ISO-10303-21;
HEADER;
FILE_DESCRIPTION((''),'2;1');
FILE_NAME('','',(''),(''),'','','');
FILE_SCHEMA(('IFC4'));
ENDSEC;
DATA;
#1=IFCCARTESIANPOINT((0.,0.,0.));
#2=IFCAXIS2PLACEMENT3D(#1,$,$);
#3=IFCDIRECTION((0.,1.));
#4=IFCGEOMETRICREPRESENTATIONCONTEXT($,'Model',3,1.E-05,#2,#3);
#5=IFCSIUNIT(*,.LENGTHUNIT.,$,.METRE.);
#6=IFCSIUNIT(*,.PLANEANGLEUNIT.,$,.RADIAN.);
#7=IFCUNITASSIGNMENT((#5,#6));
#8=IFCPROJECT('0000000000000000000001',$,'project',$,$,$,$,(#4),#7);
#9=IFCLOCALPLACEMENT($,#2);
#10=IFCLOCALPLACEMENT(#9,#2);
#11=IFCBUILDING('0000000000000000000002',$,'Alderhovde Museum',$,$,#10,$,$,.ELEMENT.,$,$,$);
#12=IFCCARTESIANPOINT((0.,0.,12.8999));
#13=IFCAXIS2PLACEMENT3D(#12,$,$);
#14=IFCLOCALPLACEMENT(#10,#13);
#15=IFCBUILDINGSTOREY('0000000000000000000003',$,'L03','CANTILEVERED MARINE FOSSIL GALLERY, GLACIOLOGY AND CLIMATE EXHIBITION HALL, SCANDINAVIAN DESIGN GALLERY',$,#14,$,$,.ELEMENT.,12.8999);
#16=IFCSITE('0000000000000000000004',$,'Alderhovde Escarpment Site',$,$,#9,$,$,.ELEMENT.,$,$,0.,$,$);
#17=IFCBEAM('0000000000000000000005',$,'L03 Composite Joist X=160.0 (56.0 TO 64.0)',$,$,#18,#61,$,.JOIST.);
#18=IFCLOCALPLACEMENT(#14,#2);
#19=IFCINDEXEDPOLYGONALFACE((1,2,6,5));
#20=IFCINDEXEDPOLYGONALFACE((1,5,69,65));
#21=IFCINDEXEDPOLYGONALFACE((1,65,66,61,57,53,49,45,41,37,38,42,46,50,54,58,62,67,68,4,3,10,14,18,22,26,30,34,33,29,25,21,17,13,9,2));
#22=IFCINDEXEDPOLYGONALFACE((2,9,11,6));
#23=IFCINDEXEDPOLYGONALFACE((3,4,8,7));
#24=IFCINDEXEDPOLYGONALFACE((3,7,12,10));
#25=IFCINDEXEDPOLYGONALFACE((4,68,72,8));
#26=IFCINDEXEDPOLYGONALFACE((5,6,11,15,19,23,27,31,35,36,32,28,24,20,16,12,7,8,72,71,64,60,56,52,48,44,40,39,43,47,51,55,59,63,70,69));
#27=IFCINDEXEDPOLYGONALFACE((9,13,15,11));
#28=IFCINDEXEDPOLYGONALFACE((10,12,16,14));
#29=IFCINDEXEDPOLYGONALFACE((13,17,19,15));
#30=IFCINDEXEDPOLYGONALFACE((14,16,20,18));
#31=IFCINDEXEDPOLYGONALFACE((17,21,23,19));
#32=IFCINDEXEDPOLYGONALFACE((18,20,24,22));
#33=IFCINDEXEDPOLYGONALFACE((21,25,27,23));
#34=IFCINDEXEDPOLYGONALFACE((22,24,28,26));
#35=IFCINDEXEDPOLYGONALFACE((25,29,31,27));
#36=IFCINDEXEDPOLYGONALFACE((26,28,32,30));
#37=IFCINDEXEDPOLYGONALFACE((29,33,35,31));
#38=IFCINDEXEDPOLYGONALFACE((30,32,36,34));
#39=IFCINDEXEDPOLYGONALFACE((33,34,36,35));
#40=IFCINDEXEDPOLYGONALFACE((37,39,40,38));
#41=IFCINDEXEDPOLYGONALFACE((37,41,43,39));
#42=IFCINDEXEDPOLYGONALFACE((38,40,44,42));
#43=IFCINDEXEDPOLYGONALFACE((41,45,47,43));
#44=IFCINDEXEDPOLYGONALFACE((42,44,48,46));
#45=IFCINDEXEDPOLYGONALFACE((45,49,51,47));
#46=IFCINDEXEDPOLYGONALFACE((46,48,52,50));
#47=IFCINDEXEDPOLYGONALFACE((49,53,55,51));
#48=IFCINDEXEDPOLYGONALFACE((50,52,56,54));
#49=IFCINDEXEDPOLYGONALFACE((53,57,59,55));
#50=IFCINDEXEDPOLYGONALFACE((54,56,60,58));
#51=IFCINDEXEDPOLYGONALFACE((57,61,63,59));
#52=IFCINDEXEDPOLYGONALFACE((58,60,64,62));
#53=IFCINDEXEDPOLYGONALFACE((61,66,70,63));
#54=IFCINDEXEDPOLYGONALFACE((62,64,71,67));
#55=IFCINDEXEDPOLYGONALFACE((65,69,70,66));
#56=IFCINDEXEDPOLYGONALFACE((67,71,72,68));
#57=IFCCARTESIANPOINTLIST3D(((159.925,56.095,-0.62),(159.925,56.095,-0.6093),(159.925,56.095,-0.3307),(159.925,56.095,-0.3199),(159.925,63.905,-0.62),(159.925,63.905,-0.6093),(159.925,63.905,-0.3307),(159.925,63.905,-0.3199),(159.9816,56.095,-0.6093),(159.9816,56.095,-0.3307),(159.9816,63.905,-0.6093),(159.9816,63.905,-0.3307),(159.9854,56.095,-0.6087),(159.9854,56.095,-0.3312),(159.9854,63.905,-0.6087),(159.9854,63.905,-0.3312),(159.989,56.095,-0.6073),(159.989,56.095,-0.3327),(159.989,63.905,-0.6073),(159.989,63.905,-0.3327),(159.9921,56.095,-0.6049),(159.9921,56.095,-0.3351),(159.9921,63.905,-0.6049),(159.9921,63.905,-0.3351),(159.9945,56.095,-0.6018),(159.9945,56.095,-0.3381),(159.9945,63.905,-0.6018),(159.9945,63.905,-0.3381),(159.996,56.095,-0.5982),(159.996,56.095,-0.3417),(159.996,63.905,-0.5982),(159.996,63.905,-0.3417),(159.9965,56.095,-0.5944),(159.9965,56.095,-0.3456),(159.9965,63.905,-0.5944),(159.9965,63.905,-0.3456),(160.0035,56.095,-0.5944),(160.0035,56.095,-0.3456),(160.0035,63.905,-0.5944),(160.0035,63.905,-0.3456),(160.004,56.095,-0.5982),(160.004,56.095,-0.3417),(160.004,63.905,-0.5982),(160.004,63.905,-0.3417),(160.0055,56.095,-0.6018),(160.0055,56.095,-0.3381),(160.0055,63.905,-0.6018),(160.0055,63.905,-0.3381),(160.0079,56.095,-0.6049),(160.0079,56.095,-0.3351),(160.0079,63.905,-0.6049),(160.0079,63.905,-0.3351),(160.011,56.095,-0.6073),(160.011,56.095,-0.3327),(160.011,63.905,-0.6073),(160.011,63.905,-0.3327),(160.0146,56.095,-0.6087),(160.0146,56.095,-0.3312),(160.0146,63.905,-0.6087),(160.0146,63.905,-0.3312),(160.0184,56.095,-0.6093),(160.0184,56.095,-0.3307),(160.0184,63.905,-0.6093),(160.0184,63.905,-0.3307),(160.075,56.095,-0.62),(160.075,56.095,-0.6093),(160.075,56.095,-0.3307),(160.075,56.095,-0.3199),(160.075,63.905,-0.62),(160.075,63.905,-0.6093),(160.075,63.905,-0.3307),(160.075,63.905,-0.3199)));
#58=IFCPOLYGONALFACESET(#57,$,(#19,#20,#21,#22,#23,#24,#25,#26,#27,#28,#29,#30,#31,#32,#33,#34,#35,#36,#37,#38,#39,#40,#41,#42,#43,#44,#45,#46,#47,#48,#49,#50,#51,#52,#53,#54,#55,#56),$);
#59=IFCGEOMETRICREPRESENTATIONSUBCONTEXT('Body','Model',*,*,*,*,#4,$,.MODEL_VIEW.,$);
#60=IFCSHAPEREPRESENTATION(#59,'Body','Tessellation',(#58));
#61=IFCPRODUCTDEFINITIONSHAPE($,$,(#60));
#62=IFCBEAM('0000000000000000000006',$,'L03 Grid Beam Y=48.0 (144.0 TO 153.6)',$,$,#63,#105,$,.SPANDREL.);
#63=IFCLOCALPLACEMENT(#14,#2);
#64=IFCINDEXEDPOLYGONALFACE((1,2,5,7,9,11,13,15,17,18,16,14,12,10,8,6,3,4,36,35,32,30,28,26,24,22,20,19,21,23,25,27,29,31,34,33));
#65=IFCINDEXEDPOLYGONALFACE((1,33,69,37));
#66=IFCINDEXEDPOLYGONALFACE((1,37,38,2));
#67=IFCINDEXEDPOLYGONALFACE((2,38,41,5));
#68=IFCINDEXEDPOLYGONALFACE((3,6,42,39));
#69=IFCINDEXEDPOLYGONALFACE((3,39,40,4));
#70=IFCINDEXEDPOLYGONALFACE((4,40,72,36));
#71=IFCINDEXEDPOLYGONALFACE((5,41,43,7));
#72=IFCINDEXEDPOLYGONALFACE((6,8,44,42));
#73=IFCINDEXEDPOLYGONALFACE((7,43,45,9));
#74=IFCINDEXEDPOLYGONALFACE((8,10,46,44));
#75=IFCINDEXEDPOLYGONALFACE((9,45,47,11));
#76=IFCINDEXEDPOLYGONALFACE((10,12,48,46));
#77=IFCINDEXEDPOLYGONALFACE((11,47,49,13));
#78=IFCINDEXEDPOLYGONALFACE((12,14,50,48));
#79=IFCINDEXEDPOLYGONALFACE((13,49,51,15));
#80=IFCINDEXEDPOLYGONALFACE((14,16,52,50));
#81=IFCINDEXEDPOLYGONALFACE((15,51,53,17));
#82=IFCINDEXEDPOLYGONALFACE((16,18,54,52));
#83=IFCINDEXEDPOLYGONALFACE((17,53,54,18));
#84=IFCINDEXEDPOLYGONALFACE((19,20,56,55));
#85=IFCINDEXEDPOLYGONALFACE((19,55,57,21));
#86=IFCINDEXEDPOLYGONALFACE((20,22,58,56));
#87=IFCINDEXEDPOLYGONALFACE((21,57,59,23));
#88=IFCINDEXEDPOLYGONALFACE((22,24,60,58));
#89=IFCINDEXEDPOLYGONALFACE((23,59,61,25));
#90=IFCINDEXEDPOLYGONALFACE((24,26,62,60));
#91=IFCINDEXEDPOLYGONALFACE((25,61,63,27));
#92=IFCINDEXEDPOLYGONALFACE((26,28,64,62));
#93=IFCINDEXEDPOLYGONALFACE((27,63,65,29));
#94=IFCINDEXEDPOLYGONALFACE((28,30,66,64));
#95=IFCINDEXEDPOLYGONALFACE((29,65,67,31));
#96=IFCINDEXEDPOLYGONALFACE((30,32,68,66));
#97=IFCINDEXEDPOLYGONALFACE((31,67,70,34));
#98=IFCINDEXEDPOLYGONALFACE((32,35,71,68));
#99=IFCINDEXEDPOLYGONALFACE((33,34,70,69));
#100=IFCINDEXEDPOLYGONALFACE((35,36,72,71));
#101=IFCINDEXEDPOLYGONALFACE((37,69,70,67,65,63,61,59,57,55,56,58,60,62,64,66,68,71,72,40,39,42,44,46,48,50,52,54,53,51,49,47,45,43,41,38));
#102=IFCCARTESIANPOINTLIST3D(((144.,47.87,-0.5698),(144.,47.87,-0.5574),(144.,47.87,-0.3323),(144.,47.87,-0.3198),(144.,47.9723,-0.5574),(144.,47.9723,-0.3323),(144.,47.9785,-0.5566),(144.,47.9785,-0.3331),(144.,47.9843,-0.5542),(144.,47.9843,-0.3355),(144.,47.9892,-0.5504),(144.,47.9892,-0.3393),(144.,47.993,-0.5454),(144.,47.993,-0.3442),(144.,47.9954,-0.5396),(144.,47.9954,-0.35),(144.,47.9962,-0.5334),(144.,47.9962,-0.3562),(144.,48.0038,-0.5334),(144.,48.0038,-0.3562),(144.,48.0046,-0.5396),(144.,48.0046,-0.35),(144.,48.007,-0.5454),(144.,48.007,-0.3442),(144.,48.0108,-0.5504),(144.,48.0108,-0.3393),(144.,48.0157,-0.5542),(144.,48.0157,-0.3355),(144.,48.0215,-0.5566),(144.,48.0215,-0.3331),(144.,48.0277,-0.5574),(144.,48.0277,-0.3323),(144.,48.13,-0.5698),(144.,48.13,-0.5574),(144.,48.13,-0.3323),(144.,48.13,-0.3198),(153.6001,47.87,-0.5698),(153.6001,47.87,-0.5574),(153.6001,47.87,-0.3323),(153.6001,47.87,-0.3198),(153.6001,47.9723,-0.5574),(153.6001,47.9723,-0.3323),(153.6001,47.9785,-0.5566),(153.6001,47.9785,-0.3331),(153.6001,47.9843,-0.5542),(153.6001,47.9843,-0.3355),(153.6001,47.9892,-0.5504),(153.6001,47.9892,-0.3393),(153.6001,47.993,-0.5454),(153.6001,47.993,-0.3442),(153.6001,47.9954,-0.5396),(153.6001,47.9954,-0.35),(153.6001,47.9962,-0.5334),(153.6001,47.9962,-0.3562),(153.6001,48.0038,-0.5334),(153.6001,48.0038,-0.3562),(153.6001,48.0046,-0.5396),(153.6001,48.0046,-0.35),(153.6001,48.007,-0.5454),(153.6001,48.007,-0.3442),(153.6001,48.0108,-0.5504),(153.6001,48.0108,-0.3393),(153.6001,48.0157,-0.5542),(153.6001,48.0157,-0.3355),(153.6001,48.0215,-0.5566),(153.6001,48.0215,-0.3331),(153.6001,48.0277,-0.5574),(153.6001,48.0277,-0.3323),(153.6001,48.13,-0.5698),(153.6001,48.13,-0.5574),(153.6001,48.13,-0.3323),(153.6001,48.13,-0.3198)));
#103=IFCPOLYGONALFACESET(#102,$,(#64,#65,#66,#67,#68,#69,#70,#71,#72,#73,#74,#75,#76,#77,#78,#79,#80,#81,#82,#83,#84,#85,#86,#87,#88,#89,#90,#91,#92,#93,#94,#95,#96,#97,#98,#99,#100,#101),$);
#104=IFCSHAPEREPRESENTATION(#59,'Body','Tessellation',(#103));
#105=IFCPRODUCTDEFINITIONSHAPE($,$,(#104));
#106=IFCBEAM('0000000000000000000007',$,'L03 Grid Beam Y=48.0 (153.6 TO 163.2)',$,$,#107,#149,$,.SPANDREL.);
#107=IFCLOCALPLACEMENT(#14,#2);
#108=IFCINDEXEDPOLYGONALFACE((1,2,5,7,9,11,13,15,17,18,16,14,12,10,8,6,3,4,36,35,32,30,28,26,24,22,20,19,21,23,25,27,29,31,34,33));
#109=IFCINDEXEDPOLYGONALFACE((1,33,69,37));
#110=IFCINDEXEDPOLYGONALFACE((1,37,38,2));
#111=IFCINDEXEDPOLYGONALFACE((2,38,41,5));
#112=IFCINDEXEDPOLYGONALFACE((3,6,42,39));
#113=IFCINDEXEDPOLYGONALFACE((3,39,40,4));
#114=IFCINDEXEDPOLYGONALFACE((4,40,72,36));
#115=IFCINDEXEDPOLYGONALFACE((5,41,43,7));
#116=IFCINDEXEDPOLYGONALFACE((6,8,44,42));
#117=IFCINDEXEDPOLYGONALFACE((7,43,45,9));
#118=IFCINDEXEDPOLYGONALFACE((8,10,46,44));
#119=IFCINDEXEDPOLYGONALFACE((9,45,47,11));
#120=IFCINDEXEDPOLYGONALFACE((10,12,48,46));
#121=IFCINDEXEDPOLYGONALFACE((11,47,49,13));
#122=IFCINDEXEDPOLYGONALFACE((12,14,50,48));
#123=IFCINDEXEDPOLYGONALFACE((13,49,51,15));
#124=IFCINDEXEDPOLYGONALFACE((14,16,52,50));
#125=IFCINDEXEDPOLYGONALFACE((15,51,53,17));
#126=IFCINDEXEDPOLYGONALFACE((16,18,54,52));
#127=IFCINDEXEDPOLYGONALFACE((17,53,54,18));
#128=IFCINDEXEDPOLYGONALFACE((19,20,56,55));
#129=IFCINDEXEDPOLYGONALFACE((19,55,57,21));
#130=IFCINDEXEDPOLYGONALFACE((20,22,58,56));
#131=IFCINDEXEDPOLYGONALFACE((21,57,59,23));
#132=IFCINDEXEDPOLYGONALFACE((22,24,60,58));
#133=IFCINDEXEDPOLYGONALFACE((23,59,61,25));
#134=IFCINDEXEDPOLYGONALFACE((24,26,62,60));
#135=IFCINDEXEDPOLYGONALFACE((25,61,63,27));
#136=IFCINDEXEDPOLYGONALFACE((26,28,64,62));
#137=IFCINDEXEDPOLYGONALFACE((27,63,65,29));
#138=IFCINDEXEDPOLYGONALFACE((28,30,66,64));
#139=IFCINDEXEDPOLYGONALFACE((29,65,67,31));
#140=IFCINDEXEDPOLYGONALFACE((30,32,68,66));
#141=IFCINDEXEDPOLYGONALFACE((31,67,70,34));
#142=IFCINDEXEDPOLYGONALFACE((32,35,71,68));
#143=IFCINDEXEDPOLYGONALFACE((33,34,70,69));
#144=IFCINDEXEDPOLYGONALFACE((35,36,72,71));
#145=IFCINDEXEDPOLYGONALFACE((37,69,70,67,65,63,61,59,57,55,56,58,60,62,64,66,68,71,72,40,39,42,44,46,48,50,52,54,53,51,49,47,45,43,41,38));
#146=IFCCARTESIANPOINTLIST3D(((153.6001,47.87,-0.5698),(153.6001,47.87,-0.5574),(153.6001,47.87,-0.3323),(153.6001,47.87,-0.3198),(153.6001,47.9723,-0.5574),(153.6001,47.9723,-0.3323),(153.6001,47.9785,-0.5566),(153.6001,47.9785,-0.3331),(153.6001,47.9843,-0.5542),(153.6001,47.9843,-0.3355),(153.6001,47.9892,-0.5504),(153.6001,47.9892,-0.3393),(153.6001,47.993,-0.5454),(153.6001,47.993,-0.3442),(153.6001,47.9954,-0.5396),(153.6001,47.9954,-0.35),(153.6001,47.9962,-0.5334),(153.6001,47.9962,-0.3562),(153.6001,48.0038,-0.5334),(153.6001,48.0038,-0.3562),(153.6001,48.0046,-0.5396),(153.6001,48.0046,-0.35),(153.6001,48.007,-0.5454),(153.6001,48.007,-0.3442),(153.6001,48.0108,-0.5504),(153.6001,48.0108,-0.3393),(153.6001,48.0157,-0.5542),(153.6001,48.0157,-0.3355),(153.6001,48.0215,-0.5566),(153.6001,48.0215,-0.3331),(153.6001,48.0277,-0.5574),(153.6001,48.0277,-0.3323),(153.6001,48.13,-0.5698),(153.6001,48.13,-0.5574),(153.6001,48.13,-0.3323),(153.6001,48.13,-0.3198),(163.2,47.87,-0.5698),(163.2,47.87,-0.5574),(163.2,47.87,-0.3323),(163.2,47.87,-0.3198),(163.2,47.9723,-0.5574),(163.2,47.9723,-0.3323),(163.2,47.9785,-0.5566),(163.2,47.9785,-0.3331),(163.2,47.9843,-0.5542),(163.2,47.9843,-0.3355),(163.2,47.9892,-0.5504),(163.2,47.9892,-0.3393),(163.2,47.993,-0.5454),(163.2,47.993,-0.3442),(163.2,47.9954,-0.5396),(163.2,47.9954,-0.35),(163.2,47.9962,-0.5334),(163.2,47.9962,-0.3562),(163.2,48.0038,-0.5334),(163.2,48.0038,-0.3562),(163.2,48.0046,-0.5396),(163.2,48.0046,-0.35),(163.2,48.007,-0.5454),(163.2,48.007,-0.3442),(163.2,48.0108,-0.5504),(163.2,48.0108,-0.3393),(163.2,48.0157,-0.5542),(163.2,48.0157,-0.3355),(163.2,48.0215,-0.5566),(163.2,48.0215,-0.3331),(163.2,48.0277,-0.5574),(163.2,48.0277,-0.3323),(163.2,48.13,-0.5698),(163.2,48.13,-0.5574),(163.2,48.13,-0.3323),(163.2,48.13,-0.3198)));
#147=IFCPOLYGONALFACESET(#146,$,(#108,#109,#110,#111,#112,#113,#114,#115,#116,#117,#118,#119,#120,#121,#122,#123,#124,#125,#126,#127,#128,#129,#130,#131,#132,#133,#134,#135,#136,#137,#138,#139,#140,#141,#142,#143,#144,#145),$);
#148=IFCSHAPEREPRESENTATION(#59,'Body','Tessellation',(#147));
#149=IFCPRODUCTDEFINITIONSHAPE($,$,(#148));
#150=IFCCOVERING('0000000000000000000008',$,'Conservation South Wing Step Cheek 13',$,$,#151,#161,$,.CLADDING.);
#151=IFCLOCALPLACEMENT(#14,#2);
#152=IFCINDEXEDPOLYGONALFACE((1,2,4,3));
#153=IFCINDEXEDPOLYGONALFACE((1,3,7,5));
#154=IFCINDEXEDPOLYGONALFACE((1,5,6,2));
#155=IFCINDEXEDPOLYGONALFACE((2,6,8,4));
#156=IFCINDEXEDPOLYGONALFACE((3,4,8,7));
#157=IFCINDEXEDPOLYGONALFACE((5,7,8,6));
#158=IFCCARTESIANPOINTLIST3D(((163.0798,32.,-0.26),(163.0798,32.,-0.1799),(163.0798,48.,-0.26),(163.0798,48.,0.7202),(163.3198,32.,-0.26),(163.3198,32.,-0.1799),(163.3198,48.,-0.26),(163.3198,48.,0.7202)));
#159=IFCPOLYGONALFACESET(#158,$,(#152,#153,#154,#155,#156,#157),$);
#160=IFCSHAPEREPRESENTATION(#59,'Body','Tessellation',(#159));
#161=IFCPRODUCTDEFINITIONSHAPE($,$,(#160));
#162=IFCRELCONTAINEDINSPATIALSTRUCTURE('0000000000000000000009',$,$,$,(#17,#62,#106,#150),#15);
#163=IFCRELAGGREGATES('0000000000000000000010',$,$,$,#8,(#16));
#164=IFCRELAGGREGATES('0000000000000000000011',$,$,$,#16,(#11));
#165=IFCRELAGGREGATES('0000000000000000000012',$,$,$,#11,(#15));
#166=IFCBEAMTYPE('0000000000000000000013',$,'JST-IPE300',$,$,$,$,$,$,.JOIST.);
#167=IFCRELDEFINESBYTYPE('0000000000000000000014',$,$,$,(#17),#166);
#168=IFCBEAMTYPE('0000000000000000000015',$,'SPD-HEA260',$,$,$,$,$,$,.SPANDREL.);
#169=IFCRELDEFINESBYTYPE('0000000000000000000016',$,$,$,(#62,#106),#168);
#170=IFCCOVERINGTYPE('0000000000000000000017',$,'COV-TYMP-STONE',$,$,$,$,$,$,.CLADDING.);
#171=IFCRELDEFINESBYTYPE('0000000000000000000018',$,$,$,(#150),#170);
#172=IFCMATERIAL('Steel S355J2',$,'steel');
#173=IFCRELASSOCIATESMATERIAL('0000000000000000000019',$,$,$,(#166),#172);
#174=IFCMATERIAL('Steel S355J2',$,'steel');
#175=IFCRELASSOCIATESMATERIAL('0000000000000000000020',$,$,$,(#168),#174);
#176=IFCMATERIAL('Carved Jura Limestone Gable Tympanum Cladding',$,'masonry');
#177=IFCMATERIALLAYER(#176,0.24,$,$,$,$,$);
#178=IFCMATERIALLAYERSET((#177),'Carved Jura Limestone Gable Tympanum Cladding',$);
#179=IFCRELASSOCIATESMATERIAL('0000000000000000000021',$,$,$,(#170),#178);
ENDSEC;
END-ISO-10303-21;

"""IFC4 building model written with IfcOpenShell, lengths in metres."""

from ifc_helpers import new_model, si_unit, direction, frame, origin, origin_2d, place, context, subcontext, project, spatial, polyline, i_section, outline, extrude, material, layer, layer_set, material_profile, profile_set, type_object, element, save


model = new_model("IFC4")

# Units and contexts
model_context = context("Model", 3, precision=1e-05, world=origin(), true_north=direction((0.0, 1.0)))
body_context = subcontext(model_context, "Body", "Model", "MODEL_VIEW")
ifc_project = project(units=[si_unit("LENGTHUNIT", "METRE"), si_unit("PLANEANGLEUNIT", "RADIAN")], contexts=[model_context])

# Site, building, storey
site_placement = place(None, origin())
site = spatial("IfcSite", under=ifc_project, at=site_placement, Name="Alderhovde Escarpment Site", CompositionType="ELEMENT", RefElevation=0.0)
building_placement = place(site_placement, origin())
building = spatial("IfcBuilding", under=site, at=building_placement, Name="Alderhovde Museum", CompositionType="ELEMENT")
storey_placement = place(building_placement, frame((0.0, 0.0, 12.8999)))
storey = spatial("IfcBuildingStorey", under=building, at=storey_placement, Name="L03", Description="CANTILEVERED MARINE FOSSIL GALLERY, GLACIOLOGY AND CLIMATE EXHIBITION HALL, SCANDINAVIAN DESIGN GALLERY", CompositionType="ELEMENT", Elevation=12.8999)

# Beams
ifc_material_1 = material(Name="Steel S355J2", Category="steel")
ifc_material_profile_1 = material_profile(ifc_material_1, i_section(OverallWidth=0.1499, OverallDepth=0.3, WebThickness=0.0071, FlangeThickness=0.0107, FilletRadius=0.0149, at=origin_2d()), Name="IPE 300")
ifc_profile_set_1 = profile_set([ifc_material_profile_1], Name="Steel S355J2")
beam_type_1 = type_object("IfcBeamType", Name="JST-IPE300", PredefinedType="JOIST", material=ifc_profile_set_1)
for number, where, z_axis, x_axis, name in (
    (1, (160.0, 56.095, -0.47), (0.0, 1.0, 0.0), (-1.0, 0.0, 0.0), "L03 Composite Joist X=160.0 (56.0 TO 64.0)"),
):
    element("IfcBeam", number, at=place(storey_placement, frame(where, z_axis=z_axis, x_axis=x_axis)), inside=storey, type_object=beam_type_1, Name=name, PredefinedType="JOIST", context=body_context, shape_type="SweptSolid", body=[
        extrude(i_section(OverallWidth=0.1499, OverallDepth=0.3, WebThickness=0.0071, FlangeThickness=0.0107, FilletRadius=0.0149, at=origin_2d()), origin(), (0.0, 0.0, 1.0), 7.8101),
    ])
ifc_material_2 = material(Name="Steel S355J2", Category="steel")
ifc_material_profile_2 = material_profile(ifc_material_2, i_section(OverallWidth=0.26, OverallDepth=0.25, WebThickness=0.0076, FlangeThickness=0.0125, FilletRadius=0.0239, at=origin_2d()), Name="HEA 260")
ifc_profile_set_2 = profile_set([ifc_material_profile_2], Name="Steel S355J2")
beam_type_2 = type_object("IfcBeamType", Name="SPD-HEA260", PredefinedType="SPANDREL", material=ifc_profile_set_2)
beam_1_placement = place(storey_placement, frame((144.0, 48.0, -0.4448), z_axis=(1.0, 0.0, 0.0), x_axis=(0.0, 1.0, 0.0)))
element("IfcBeam", 2, at=beam_1_placement, inside=storey, type_object=beam_type_2, Name="L03 Grid Beam Y=48.0 (144.0 TO 153.6)", PredefinedType="SPANDREL", context=body_context, shape_type="SweptSolid", body=[
    extrude(i_section(OverallWidth=0.26, OverallDepth=0.25, WebThickness=0.0076, FlangeThickness=0.0125, FilletRadius=0.0239, at=origin_2d()), origin(), (0.0, 0.0, 1.0), 9.6001),
])
beam_2_placement = place(storey_placement, frame((153.6001, 48.0, -0.4448), z_axis=(1.0, 0.0, 0.0), x_axis=(0.0, 1.0, 0.0)))
element("IfcBeam", 3, at=beam_2_placement, inside=storey, type_object=beam_type_2, Name="L03 Grid Beam Y=48.0 (153.6 TO 163.2)", PredefinedType="SPANDREL", context=body_context, shape_type="SweptSolid", body=[
    extrude(i_section(OverallWidth=0.26, OverallDepth=0.25, WebThickness=0.0076, FlangeThickness=0.0125, FilletRadius=0.0239, at=origin_2d()), origin(), (0.0, 0.0, 1.0), 9.5999),
])

# Covering
ifc_material_3 = material(Name="Carved Jura Limestone Gable Tympanum Cladding", Category="masonry")
ifc_layer = layer(ifc_material_3, 0.24)
ifc_layer_set = layer_set([ifc_layer], Name="Carved Jura Limestone Gable Tympanum Cladding")
covering_type = type_object("IfcCoveringType", Name="COV-TYMP-STONE", PredefinedType="CLADDING", material=ifc_layer_set)
covering_placement = place(storey_placement, frame((163.2, 32.0, -0.26), z_axis=(0.0, 0.0, 1.0), x_axis=(0.0, 1.0, 0.0)))
element("IfcCovering", 4, at=covering_placement, inside=storey, type_object=covering_type, Name="Conservation South Wing Step Cheek 13", PredefinedType="CLADDING", context=body_context, shape_type="SweptSolid", body=[
    extrude(outline(polyline([(0.0, 0.0), (16.0, 0.0), (16.0, 0.9802), (0.0, 0.0801), (0.0, 0.0)])), frame((0.0, 0.1201, 0.0), z_axis=(0.0, -1.0, 0.0), x_axis=(1.0, 0.0, 0.0)), (0.0, 0.0, 1.0), 0.24),
])

save(model, "model.ifc")
